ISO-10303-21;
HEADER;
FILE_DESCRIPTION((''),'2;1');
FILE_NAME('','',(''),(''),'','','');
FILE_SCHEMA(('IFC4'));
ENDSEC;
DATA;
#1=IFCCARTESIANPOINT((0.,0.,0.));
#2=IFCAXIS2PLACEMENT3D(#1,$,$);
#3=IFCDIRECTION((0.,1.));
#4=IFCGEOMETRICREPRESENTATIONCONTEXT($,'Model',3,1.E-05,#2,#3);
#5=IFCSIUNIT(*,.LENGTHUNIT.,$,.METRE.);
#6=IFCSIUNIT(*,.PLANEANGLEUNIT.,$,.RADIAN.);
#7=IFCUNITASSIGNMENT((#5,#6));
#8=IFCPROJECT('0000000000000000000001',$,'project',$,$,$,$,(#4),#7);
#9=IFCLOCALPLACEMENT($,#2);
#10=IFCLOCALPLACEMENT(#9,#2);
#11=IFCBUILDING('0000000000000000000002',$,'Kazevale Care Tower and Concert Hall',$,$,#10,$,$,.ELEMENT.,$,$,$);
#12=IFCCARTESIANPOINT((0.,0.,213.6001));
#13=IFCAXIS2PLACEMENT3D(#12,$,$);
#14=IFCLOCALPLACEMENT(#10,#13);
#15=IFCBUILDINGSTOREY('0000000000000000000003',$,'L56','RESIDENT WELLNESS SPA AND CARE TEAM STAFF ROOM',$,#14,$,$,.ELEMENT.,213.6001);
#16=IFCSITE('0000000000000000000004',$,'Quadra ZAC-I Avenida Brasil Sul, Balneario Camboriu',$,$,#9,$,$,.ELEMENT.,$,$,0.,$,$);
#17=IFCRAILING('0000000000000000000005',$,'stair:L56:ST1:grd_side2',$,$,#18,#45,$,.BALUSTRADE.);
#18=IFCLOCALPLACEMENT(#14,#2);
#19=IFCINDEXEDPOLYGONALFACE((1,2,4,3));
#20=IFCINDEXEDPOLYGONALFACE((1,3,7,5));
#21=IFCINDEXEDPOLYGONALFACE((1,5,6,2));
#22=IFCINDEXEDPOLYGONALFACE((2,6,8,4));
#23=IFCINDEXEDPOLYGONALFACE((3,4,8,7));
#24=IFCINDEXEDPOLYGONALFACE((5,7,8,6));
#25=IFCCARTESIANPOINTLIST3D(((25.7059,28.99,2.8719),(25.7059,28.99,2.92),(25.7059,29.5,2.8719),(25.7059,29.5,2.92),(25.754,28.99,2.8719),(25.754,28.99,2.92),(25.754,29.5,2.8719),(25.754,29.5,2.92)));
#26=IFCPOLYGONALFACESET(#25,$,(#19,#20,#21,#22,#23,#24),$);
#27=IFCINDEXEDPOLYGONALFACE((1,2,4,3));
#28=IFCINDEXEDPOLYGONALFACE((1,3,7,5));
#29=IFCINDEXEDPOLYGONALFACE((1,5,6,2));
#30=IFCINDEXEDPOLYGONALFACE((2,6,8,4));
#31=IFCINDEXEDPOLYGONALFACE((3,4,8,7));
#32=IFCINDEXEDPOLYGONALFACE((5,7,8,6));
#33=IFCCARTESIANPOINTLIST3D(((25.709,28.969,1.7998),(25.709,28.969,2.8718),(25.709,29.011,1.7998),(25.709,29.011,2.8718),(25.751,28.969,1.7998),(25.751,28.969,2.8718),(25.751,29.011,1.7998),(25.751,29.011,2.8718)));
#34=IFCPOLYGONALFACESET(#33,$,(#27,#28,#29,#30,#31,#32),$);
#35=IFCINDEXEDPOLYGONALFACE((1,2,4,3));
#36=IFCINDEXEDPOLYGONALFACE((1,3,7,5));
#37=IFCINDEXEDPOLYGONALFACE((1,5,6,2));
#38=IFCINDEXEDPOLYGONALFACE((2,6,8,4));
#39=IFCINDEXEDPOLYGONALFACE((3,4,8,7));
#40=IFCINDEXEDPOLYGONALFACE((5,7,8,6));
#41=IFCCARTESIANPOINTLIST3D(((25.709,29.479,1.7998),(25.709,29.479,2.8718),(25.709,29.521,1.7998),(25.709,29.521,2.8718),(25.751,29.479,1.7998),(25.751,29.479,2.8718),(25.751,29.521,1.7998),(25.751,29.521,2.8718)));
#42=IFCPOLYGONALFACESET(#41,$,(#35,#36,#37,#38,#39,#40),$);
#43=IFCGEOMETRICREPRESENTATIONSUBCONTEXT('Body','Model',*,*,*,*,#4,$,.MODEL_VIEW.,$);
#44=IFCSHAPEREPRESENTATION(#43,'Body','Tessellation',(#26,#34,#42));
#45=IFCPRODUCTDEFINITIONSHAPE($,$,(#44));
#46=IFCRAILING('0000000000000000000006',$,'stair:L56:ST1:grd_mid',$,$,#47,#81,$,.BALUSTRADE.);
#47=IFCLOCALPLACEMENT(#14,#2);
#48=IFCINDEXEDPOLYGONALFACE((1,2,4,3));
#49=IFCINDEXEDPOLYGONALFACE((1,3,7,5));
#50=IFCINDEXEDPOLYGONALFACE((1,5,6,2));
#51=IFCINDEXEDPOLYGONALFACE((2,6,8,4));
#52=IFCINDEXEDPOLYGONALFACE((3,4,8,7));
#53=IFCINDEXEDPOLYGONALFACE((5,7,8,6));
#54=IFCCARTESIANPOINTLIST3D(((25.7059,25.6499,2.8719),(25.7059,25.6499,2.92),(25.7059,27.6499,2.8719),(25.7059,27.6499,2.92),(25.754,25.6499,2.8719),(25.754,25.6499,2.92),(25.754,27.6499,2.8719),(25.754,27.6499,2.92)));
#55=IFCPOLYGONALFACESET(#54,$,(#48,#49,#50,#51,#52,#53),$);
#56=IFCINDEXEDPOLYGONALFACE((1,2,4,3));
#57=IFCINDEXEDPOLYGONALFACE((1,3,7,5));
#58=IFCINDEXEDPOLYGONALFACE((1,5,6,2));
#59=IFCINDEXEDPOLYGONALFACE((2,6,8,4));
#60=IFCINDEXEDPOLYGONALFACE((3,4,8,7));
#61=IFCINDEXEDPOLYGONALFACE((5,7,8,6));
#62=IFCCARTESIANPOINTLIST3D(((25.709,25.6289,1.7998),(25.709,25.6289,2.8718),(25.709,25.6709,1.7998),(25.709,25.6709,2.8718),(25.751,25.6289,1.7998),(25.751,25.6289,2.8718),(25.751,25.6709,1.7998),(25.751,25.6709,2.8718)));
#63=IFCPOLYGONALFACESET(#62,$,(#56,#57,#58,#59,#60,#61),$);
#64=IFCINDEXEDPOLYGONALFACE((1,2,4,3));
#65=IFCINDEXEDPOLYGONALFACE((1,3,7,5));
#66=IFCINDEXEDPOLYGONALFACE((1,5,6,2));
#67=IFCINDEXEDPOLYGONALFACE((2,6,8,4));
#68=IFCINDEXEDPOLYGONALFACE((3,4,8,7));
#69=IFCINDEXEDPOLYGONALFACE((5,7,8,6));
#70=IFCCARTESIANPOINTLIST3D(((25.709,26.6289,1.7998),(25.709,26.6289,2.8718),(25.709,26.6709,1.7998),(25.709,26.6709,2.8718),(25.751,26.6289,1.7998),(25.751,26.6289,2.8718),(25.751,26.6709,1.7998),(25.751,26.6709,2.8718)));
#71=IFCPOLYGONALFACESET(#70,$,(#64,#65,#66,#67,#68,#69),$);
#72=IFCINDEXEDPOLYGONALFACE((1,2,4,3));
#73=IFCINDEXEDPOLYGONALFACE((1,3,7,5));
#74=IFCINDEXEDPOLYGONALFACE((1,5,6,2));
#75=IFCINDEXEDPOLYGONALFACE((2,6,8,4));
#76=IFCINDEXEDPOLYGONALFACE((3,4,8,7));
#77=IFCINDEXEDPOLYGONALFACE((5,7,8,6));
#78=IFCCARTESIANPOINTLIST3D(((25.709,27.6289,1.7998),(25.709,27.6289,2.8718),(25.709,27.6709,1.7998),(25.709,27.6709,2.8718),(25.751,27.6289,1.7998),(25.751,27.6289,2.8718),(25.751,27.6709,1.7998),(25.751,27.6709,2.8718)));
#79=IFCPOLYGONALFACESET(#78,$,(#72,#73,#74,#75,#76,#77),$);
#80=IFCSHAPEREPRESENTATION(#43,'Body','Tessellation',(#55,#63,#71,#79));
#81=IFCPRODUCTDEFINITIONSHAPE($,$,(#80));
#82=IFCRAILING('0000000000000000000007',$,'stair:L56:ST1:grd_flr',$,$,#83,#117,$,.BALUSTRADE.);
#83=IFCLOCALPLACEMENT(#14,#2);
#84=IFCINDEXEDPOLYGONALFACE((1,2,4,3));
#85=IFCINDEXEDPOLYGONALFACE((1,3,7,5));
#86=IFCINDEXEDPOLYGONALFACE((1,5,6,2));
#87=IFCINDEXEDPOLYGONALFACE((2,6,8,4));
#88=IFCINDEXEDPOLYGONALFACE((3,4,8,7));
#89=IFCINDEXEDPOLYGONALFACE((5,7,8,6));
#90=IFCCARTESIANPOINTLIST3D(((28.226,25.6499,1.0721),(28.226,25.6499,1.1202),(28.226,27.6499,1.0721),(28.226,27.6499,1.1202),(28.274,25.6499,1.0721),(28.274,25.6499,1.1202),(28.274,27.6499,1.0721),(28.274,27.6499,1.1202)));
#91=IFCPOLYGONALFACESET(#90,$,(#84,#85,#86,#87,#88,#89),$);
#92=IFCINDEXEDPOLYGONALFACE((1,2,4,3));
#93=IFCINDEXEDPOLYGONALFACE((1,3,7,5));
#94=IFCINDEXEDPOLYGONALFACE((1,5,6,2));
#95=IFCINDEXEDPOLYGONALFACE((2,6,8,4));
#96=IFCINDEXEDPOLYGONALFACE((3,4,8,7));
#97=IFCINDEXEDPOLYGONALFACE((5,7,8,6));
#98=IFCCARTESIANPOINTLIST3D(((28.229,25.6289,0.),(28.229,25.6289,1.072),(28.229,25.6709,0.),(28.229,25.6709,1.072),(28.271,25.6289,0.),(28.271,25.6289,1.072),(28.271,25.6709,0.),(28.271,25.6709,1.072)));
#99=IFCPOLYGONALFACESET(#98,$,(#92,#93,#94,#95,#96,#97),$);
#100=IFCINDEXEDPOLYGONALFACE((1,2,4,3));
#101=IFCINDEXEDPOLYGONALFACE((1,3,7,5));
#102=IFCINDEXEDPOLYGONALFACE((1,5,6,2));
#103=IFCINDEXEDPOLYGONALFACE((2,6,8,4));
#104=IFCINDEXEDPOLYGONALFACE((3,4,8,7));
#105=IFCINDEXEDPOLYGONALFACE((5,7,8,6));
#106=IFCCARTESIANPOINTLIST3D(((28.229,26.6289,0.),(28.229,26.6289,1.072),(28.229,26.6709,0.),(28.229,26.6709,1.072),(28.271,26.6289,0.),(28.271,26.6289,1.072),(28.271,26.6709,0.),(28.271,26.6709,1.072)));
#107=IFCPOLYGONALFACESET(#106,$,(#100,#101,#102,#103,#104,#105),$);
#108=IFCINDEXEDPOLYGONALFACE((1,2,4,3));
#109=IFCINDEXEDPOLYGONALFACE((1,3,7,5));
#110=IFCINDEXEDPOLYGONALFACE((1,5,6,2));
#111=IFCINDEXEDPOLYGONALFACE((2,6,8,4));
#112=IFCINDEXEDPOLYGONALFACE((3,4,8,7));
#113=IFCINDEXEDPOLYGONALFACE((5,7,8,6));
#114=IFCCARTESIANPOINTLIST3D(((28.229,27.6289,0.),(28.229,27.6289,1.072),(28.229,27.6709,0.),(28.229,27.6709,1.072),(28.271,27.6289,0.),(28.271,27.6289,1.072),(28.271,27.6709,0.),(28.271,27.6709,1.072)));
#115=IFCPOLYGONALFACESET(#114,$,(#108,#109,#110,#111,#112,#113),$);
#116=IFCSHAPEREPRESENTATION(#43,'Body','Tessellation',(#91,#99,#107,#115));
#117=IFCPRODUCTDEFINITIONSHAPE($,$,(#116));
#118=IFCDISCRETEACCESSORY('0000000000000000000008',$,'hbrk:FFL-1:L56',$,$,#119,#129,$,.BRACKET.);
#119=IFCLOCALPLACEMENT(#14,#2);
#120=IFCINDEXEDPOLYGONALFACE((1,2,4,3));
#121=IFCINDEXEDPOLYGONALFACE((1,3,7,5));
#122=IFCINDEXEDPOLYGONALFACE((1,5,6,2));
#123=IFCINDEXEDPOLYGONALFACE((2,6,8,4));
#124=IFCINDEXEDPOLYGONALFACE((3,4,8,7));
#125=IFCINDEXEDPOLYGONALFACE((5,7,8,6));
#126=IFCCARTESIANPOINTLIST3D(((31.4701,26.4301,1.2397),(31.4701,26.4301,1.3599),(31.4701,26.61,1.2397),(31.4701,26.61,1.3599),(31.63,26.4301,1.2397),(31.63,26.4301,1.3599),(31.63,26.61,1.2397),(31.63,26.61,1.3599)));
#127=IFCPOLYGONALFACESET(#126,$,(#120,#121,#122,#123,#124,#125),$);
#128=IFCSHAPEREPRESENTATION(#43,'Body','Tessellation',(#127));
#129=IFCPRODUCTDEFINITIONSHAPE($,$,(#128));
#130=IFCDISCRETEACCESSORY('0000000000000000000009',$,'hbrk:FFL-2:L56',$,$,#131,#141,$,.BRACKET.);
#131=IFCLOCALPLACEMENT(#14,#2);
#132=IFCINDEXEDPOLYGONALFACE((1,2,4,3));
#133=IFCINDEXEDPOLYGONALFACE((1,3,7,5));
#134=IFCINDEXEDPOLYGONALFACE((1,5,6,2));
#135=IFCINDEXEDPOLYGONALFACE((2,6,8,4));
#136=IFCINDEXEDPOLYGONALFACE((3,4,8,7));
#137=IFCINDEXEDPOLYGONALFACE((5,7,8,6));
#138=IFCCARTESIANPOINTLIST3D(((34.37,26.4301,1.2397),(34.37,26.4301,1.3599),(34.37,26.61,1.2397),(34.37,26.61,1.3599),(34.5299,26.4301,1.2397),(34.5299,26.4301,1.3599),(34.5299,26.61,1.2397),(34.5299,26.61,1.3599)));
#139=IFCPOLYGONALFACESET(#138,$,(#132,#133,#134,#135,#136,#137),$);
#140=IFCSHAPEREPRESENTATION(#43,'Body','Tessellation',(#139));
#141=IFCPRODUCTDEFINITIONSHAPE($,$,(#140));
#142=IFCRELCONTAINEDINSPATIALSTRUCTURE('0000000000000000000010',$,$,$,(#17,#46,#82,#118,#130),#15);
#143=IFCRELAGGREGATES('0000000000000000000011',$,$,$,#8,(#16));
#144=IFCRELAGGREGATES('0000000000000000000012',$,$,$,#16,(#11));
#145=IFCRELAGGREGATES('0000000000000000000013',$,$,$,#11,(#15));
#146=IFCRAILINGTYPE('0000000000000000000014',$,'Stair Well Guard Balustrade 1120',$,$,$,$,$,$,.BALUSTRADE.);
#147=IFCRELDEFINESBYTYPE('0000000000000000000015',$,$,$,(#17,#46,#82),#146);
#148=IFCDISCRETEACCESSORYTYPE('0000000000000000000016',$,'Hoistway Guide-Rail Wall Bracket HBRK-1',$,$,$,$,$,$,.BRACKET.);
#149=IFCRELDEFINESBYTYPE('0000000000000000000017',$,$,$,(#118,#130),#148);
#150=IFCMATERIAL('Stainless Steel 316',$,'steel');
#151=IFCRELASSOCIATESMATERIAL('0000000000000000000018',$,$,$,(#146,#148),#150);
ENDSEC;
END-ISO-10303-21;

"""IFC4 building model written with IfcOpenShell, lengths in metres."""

from ifc_helpers import new_model, si_unit, direction, frame, origin, origin_2d, place, context, subcontext, project, spatial, rectangle, extrude, material, type_object, element, save


model = new_model("IFC4")

# Units and contexts
model_context = context("Model", 3, precision=1e-05, world=origin(), true_north=direction((0.0, 1.0)))
body_context = subcontext(model_context, "Body", "Model", "MODEL_VIEW")
ifc_project = project(units=[si_unit("LENGTHUNIT", "METRE"), si_unit("PLANEANGLEUNIT", "RADIAN")], contexts=[model_context])

# Site, building, storey
site_placement = place(None, origin())
site = spatial("IfcSite", under=ifc_project, at=site_placement, Name="Quadra ZAC-I Avenida Brasil Sul, Balneario Camboriu", CompositionType="ELEMENT", RefElevation=0.0)
building_placement = place(site_placement, origin())
building = spatial("IfcBuilding", under=site, at=building_placement, Name="Kazevale Care Tower and Concert Hall", CompositionType="ELEMENT")
storey_placement = place(building_placement, frame((0.0, 0.0, 213.6001)))
storey = spatial("IfcBuildingStorey", under=building, at=storey_placement, Name="L56", Description="RESIDENT WELLNESS SPA AND CARE TEAM STAFF ROOM", CompositionType="ELEMENT", Elevation=213.6001)

# Shared definitions
ifc_material_1 = material(Name="Stainless Steel 316", Category="steel")

# Railings
railing_type_1 = type_object("IfcRailingType", Name="Stair Well Guard Balustrade 1120", PredefinedType="BALUSTRADE", material=ifc_material_1)
railing_1_placement = place(storey_placement, frame((25.73, 28.99, 1.7998)))
element("IfcRailing", 1, at=railing_1_placement, inside=storey, type_object=railing_type_1, Name="stair:L56:ST1:grd_side2", PredefinedType="BALUSTRADE", context=body_context, shape_type="SweptSolid", body=[
    extrude(rectangle(XDim=0.0481, YDim=0.0481, at=origin_2d()), frame((0.0, 0.0, 1.0962), z_axis=(0.0, 1.0, 0.0), x_axis=(-1.0, 0.0, 0.0)), (0.0, 0.0, 1.0), 0.51),
    extrude(rectangle(XDim=0.042, YDim=0.042, at=origin_2d()), origin(), (0.0, 0.0, 1.0), 1.072),
    extrude(rectangle(XDim=0.042, YDim=0.042, at=origin_2d()), frame((0.0, 0.51, 0.0)), (0.0, 0.0, 1.0), 1.072),
])
for number, where, name in (
    (2, (25.73, 25.6499, 1.7998), "stair:L56:ST1:grd_mid"),
    (3, (28.25, 25.6499, 0.0), "stair:L56:ST1:grd_flr"),
):
    element("IfcRailing", number, at=place(storey_placement, frame(where)), inside=storey, type_object=railing_type_1, Name=name, PredefinedType="BALUSTRADE", context=body_context, shape_type="SweptSolid", body=[
        extrude(rectangle(XDim=0.0481, YDim=0.0481, at=origin_2d()), frame((0.0, 0.0, 1.0962), z_axis=(0.0, 1.0, 0.0), x_axis=(-1.0, 0.0, 0.0)), (0.0, 0.0, 1.0), 2.0),
        extrude(rectangle(XDim=0.042, YDim=0.042, at=origin_2d()), origin(), (0.0, 0.0, 1.0), 1.072),
        extrude(rectangle(XDim=0.042, YDim=0.042, at=origin_2d()), frame((0.0, 1.0, 0.0)), (0.0, 0.0, 1.0), 1.072),
        extrude(rectangle(XDim=0.042, YDim=0.042, at=origin_2d()), frame((0.0, 2.0, 0.0)), (0.0, 0.0, 1.0), 1.072),
    ])

# Discrete accessories
discrete_accessory_type = type_object("IfcDiscreteAccessoryType", Name="Hoistway Guide-Rail Wall Bracket HBRK-1", PredefinedType="BRACKET", material=ifc_material_1)
for number, where, z_axis, x_axis, name in (
    (4, (31.55, 26.52, 1.2397), (0.0, 0.0, 1.0), (1.0, 0.0, 0.0), "hbrk:FFL-1:L56"),
    (5, (34.45, 26.52, 1.2397), (0.0, 0.0, 1.0), (1.0, 0.0, 0.0), "hbrk:FFL-2:L56"),
):
    element("IfcDiscreteAccessory", number, at=place(storey_placement, frame(where, z_axis=z_axis, x_axis=x_axis)), inside=storey, type_object=discrete_accessory_type, Name=name, PredefinedType="BRACKET", context=body_context, shape_type="SweptSolid", body=[
        extrude(rectangle(XDim=0.1599, YDim=0.1799, at=origin_2d()), origin(), (0.0, 0.0, 1.0), 0.1201),
    ])

save(model, "model.ifc")
